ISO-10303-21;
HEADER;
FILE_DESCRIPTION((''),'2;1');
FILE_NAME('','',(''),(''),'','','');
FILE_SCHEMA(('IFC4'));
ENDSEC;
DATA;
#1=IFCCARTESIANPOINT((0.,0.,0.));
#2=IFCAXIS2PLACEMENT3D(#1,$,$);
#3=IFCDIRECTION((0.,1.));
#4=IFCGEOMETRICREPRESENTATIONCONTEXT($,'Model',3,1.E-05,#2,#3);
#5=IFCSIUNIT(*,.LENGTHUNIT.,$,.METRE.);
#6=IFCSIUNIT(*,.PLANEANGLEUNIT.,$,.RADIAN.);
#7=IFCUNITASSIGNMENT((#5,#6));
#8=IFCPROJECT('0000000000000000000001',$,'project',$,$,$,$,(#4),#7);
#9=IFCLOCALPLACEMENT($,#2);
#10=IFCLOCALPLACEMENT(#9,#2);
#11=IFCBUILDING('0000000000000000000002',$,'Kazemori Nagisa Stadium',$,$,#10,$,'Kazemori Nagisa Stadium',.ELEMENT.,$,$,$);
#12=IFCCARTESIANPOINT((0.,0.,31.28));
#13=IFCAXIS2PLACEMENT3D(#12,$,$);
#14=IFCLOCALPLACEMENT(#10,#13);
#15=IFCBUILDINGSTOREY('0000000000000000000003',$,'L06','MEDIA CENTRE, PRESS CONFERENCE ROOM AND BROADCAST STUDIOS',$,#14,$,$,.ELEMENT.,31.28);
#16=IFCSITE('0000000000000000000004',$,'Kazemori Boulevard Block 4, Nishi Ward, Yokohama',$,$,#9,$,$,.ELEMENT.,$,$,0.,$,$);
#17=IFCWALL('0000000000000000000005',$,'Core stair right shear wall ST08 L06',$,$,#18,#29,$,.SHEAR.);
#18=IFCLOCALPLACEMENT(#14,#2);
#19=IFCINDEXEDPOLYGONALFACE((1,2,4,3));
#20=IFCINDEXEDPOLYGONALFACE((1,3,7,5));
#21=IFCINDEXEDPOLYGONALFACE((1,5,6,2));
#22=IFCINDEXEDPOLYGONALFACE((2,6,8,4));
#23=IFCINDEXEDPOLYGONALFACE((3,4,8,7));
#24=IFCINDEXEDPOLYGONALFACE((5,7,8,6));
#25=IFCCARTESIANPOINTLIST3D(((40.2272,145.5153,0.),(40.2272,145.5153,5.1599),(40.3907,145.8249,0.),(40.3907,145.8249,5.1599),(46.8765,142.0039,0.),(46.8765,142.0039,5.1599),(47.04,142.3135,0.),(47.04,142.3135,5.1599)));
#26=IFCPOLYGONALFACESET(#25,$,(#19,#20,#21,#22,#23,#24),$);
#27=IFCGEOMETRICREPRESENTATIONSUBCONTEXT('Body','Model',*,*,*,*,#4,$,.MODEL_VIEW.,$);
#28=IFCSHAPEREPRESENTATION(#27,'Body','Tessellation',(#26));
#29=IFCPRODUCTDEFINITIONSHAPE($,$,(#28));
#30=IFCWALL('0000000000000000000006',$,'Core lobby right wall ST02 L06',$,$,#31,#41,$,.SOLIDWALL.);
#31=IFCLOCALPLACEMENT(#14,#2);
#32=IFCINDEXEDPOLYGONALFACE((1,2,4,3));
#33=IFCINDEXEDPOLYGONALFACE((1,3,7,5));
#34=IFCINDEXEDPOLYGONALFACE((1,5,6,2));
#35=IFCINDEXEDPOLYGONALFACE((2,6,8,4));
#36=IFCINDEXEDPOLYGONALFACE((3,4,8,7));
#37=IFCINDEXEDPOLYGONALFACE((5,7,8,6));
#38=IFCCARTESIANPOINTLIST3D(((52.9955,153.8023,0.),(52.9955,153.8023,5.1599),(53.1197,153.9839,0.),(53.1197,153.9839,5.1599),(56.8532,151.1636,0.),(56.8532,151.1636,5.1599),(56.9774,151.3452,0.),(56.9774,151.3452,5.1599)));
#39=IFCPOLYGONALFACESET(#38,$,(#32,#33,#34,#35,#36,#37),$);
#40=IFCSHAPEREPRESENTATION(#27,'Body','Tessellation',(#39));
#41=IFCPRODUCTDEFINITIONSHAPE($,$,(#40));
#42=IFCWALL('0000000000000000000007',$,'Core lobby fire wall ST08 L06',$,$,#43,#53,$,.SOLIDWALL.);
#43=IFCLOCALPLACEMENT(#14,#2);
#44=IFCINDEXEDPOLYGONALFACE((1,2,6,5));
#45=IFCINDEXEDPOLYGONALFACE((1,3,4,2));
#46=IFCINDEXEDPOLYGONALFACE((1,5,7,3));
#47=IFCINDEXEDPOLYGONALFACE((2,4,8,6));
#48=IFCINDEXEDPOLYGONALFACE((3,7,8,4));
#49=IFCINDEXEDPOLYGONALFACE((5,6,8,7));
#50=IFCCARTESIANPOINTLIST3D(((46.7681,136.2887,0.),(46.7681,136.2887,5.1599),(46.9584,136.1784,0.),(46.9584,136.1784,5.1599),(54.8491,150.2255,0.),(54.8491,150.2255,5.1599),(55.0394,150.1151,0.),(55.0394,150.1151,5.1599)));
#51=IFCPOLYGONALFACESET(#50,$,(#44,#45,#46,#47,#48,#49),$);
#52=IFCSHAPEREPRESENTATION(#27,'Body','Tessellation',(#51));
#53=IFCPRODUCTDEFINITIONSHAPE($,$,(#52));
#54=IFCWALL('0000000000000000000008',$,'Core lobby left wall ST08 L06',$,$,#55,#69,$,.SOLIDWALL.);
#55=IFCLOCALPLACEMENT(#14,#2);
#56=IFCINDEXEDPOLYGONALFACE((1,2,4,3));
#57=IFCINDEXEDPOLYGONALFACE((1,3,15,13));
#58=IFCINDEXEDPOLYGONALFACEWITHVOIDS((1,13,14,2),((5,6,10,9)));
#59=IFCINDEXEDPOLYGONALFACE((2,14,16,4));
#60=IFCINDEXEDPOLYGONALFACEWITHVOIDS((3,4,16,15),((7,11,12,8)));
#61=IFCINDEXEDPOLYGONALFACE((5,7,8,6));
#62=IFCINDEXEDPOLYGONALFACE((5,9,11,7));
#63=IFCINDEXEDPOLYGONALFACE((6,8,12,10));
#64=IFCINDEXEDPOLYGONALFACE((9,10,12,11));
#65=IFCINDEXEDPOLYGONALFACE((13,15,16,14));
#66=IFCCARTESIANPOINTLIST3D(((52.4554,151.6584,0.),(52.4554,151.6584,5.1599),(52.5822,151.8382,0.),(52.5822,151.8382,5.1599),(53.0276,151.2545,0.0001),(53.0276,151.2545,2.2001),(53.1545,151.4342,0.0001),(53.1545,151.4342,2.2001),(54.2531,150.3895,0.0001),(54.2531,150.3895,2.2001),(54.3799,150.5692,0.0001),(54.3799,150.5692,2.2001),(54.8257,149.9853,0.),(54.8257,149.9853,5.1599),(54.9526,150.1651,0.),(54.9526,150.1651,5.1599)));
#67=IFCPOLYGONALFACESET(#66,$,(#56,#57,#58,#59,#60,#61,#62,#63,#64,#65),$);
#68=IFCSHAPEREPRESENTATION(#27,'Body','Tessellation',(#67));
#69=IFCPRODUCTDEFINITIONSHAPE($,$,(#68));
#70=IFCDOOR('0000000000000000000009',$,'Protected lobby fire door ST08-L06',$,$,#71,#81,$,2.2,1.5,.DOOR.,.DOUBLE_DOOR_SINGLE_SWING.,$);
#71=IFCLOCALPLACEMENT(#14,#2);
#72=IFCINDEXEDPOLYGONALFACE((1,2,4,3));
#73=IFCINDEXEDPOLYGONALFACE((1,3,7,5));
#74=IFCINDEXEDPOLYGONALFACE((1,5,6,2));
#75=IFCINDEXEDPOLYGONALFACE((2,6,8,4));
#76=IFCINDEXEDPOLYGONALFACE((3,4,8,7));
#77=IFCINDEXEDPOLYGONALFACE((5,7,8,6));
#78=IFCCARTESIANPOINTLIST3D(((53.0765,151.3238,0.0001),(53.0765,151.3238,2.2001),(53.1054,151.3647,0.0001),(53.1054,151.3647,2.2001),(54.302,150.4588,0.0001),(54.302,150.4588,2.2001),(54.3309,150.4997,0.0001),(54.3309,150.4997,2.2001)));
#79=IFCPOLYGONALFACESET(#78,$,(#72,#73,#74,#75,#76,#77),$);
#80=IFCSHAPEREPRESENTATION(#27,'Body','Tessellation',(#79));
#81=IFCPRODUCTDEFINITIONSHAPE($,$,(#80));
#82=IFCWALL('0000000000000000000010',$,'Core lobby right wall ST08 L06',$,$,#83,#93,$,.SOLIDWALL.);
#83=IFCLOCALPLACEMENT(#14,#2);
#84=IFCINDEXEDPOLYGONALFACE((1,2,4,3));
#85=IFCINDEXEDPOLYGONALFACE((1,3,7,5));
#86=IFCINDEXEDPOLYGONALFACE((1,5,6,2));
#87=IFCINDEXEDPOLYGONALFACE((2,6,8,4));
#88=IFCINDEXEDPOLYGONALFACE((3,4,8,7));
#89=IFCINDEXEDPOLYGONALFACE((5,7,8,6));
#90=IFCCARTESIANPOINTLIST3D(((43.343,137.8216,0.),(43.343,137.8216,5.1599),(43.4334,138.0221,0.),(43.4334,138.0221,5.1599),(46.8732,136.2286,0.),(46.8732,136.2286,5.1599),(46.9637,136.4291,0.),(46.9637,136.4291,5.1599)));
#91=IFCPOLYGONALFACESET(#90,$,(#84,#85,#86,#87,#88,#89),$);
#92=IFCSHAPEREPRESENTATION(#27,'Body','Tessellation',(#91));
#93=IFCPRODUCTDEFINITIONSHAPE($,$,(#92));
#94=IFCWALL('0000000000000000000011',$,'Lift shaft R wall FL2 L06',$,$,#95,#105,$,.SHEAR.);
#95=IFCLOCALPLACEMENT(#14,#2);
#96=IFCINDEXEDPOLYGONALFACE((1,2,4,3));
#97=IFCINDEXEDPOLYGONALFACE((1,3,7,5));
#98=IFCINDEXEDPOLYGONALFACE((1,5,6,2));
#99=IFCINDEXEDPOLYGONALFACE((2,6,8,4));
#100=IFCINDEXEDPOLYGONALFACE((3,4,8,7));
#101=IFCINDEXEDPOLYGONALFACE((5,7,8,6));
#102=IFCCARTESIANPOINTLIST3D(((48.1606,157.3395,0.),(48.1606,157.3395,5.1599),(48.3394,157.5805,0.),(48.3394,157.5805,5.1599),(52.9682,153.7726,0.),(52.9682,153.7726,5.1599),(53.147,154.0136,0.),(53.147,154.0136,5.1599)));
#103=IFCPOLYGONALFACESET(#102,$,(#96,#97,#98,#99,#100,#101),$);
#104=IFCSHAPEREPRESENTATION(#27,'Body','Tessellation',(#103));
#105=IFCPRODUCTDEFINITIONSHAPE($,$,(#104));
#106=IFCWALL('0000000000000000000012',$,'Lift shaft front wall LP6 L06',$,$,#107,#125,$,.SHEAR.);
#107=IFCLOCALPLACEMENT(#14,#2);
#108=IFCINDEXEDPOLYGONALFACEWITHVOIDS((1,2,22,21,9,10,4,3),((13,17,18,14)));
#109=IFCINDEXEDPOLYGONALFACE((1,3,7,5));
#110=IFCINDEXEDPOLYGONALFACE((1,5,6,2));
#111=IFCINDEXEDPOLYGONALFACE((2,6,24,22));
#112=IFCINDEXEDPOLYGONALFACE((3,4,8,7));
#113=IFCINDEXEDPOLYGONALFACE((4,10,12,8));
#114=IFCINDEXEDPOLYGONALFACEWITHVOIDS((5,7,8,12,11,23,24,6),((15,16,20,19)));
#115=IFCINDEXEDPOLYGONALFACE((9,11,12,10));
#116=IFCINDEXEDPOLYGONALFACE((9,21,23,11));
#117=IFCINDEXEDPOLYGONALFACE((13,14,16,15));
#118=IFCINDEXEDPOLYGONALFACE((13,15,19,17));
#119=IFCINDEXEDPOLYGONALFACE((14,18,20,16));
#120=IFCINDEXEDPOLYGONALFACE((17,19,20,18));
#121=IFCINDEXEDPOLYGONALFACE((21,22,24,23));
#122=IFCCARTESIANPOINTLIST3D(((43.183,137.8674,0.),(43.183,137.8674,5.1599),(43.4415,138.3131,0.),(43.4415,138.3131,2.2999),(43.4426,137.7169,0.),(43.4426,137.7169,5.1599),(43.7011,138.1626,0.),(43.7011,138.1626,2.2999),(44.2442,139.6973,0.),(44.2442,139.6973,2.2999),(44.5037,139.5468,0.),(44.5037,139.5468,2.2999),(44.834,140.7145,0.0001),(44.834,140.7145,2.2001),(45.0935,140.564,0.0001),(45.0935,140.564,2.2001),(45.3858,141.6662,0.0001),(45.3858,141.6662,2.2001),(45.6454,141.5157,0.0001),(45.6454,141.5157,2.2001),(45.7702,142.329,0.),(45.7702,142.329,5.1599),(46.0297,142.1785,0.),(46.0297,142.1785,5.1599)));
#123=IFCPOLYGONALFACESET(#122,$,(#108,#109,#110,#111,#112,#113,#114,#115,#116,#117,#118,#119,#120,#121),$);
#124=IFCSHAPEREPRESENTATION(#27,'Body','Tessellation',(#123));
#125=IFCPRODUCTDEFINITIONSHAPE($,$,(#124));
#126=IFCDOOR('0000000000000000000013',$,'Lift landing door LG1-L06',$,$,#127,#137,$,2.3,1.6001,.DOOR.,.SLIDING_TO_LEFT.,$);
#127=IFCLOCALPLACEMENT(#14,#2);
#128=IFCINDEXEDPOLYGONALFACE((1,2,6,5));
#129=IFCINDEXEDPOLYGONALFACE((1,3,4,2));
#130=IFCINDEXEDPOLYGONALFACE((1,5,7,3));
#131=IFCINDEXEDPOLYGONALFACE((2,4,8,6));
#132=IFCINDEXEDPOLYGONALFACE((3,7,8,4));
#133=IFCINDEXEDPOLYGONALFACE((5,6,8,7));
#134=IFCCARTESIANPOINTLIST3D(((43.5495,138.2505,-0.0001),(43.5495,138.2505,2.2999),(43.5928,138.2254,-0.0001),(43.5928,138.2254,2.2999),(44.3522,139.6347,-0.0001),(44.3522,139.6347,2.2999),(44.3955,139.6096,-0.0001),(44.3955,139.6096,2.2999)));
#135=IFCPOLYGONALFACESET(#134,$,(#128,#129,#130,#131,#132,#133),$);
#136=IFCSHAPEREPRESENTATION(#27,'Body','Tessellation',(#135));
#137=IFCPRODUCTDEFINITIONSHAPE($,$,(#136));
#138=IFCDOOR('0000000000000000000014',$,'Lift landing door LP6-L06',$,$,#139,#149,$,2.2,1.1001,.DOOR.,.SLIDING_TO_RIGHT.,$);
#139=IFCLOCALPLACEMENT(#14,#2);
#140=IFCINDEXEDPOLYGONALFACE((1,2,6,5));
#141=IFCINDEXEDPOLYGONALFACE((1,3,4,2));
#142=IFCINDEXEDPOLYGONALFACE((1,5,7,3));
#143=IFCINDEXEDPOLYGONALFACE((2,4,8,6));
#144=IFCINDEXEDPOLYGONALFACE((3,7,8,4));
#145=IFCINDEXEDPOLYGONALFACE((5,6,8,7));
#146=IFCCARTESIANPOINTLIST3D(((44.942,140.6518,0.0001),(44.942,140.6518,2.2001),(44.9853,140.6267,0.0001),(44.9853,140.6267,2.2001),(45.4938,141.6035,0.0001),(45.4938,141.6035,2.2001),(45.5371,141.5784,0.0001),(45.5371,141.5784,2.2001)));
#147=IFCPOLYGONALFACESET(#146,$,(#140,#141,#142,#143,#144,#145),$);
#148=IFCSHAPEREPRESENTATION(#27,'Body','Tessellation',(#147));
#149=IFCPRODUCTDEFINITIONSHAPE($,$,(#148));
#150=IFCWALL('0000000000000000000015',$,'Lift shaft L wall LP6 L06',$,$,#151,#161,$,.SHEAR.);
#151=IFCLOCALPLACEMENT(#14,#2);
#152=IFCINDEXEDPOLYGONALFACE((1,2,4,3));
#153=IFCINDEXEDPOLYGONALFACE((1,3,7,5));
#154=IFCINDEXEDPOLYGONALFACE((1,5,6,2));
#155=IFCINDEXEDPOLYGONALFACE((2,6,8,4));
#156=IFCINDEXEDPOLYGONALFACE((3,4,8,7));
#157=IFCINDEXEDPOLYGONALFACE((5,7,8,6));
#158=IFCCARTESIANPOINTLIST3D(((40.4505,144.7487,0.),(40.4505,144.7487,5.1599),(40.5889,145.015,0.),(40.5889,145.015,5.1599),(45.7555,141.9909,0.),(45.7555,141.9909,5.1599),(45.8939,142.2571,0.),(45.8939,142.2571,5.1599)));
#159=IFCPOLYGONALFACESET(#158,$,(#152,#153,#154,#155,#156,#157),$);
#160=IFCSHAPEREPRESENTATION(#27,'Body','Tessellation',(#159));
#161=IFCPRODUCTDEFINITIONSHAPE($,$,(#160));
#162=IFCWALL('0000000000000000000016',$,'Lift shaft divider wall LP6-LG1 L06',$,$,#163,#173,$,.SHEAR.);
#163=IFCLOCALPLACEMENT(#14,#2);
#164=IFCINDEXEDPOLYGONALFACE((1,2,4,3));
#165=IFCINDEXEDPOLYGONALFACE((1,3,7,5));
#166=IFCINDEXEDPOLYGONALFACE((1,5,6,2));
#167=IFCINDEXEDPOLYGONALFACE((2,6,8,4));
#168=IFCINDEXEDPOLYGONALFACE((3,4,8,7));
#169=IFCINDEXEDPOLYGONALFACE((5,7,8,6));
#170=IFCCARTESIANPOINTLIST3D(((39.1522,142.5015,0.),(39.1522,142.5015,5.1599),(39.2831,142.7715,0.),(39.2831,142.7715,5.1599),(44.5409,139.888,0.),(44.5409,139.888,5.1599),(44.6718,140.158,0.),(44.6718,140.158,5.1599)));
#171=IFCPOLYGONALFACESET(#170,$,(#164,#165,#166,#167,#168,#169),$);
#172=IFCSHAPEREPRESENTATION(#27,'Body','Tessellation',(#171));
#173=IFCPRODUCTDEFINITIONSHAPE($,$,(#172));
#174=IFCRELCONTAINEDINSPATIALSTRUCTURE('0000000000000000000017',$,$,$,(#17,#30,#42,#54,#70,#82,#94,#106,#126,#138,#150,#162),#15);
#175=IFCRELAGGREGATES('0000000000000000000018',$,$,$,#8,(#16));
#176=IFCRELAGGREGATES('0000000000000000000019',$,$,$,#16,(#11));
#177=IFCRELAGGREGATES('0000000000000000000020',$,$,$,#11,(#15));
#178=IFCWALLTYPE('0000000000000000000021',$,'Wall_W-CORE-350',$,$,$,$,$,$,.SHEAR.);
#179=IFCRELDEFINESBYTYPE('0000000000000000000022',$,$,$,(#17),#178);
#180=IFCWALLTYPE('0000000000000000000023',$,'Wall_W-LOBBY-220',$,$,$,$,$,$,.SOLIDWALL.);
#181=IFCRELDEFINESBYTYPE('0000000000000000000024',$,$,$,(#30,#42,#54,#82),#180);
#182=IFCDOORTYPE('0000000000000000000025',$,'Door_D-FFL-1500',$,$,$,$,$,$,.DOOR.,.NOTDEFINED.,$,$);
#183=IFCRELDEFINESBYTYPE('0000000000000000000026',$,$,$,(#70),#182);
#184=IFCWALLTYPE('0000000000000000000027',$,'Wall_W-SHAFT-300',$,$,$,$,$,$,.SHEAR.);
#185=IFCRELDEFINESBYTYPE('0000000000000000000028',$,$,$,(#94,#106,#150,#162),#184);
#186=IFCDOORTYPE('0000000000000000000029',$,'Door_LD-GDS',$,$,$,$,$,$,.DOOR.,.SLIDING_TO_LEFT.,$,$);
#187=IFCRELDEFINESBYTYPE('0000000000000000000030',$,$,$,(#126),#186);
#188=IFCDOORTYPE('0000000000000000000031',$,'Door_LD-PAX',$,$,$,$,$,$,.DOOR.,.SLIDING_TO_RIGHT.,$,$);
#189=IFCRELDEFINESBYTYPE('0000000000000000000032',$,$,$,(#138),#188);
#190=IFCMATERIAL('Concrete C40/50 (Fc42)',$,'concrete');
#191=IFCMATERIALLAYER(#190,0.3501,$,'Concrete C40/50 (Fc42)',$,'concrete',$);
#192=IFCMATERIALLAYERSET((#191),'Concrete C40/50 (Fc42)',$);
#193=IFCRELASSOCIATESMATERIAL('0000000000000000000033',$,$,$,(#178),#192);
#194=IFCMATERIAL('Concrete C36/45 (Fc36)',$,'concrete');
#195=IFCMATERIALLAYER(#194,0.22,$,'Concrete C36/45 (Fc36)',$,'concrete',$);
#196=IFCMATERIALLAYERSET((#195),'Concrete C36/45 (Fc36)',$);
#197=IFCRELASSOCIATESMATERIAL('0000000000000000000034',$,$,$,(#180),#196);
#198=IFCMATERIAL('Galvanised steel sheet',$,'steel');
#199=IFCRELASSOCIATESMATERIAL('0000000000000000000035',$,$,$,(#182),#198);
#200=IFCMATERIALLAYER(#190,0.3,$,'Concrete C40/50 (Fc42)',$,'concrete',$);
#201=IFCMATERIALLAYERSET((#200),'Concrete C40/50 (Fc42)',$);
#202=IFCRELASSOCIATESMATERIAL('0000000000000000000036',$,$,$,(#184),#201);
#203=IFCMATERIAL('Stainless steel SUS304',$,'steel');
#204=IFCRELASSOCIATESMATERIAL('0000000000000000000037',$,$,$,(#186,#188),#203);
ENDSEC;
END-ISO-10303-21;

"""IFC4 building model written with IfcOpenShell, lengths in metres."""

from ifc_helpers import new_model, si_unit, direction, frame, frame_2d, origin, place, context, subcontext, project, spatial, rectangle, extrude, material, layer, layer_set, type_object, element, fill, save


model = new_model("IFC4")

# Units and contexts
model_context = context("Model", 3, precision=1e-05, world=origin(), true_north=direction((0.0, 1.0)))
body_context = subcontext(model_context, "Body", "Model", "MODEL_VIEW")
ifc_project = project(units=[si_unit("LENGTHUNIT", "METRE"), si_unit("PLANEANGLEUNIT", "RADIAN")], contexts=[model_context])

# Site, building, storey
site_placement = place(None, origin())
site = spatial("IfcSite", under=ifc_project, at=site_placement, Name="Kazemori Boulevard Block 4, Nishi Ward, Yokohama", CompositionType="ELEMENT", RefElevation=0.0)
building_placement = place(site_placement, origin())
building = spatial("IfcBuilding", under=site, at=building_placement, Name="Kazemori Nagisa Stadium", LongName="Kazemori Nagisa Stadium", CompositionType="ELEMENT")
storey_placement = place(building_placement, frame((0.0, 0.0, 31.28)))
storey = spatial("IfcBuildingStorey", under=building, at=storey_placement, Name="L06", Description="MEDIA CENTRE, PRESS CONFERENCE ROOM AND BROADCAST STUDIOS", CompositionType="ELEMENT", Elevation=31.28)

# Shared definitions
ifc_material_1 = material(Name="Concrete C40/50 (Fc42)", Category="concrete")
ifc_layer_1 = layer(ifc_material_1, 0.3501, Name="Concrete C40/50 (Fc42)", Category="concrete")
ifc_layer_set_1 = layer_set([ifc_layer_1], Name="Concrete C40/50 (Fc42)")
wall_type_1 = type_object("IfcWallType", Name="Wall_W-CORE-350", PredefinedType="SHEAR", material=ifc_layer_set_1)

# Shared definitions
ifc_material_2 = material(Name="Galvanised steel sheet", Category="steel")

# Walls
wall_1_placement = place(storey_placement, frame((46.9583, 142.1587, 0.0), z_axis=(0.0, 0.0, 1.0), x_axis=(-0.884272, 0.466973, 0.0)))
element("IfcWall", 1, at=wall_1_placement, inside=storey, type_object=wall_type_1, Name="Core stair right shear wall ST08 L06", PredefinedType="SHEAR", context=body_context, shape_type="SweptSolid", body=[
    extrude(rectangle(XDim=7.5195, YDim=0.3501, at=frame_2d((3.7598, 0.0))), origin(), (0.0, 0.0, 1.0), 5.1599),
])
ifc_material_3 = material(Name="Concrete C36/45 (Fc36)", Category="concrete")
ifc_layer_2 = layer(ifc_material_3, 0.22, Name="Concrete C36/45 (Fc36)", Category="concrete")
ifc_layer_set_2 = layer_set([ifc_layer_2], Name="Concrete C36/45 (Fc36)")
wall_type_2 = type_object("IfcWallType", Name="Wall_W-LOBBY-220", PredefinedType="SOLIDWALL", material=ifc_layer_set_2)
wall_2_placement = place(storey_placement, frame((56.9153, 151.2544, 0.0), z_axis=(0.0, 0.0, 1.0), x_axis=(-0.825385, 0.56457, 0.0)))
element("IfcWall", 2, at=wall_2_placement, inside=storey, type_object=wall_type_2, Name="Core lobby right wall ST02 L06", PredefinedType="SOLIDWALL", context=body_context, shape_type="SweptSolid", body=[
    extrude(rectangle(XDim=4.6738, YDim=0.22, at=frame_2d((2.3369, 0.0))), origin(), (0.0, 0.0, 1.0), 5.1599),
])
wall_3_placement = place(storey_placement, frame((54.9443, 150.1704, 0.0), z_axis=(0.0, 0.0, 1.0), x_axis=(-0.501613, -0.865092, 0.0)))
element("IfcWall", 3, at=wall_3_placement, inside=storey, type_object=wall_type_2, Name="Core lobby fire wall ST08 L06", PredefinedType="SOLIDWALL", context=body_context, shape_type="SweptSolid", body=[
    extrude(rectangle(XDim=16.1101, YDim=0.22, at=frame_2d((8.0552, 0.0))), origin(), (0.0, 0.0, 1.0), 5.1599),
])

# Wall, opening, door
wall_4_placement = place(storey_placement, frame((54.8892, 150.0752, 0.0), z_axis=(0.0, 0.0, 1.0), x_axis=(-0.816984, 0.57666, 0.0)))
wall_4 = element("IfcWall", 4, at=wall_4_placement, inside=storey, type_object=wall_type_2, Name="Core lobby left wall ST08 L06", PredefinedType="SOLIDWALL", context=body_context, shape_type="SweptSolid", body=[
    extrude(rectangle(XDim=2.9014, YDim=0.22, at=frame_2d((1.4507, 0.0))), origin(), (0.0, 0.0, 1.0), 5.1599),
])
opening_1_placement = place(wall_4_placement, frame((0.7009, 0.0, 0.0)))
opening_1 = element("IfcOpeningElement", 5, at=opening_1_placement, cuts=wall_4, PredefinedType="OPENING", context=body_context, shape_type="SweptSolid", body=[
    extrude(rectangle(XDim=1.5, YDim=2.2, at=frame_2d((0.75, 1.1001))), frame((0.0, 0.1199, 0.0), z_axis=(0.0, -1.0, 0.0), x_axis=(1.0, 0.0, 0.0)), (0.0, 0.0, 1.0), 0.24),
])
door_type_1 = type_object("IfcDoorType", Name="Door_D-FFL-1500", OperationType="NOTDEFINED", PredefinedType="DOOR", material=ifc_material_2)
door_1_placement = place(opening_1_placement, frame((1.5, 0.0, 0.0), z_axis=(0.0, 0.0, 1.0), x_axis=(-1.0, 0.0, 0.0)))
door_1 = element("IfcDoor", 6, at=door_1_placement, inside=storey, type_object=door_type_1, Name="Protected lobby fire door ST08-L06", OperationType="DOUBLE_DOOR_SINGLE_SWING", OverallHeight=2.2, OverallWidth=1.5, PredefinedType="DOOR", context=body_context, shape_type="SweptSolid", body=[
    extrude(rectangle(XDim=1.5, YDim=2.2, at=frame_2d((0.75, 1.1001))), frame((0.0, 0.0249, 0.0), z_axis=(0.0, -1.0, 0.0), x_axis=(1.0, 0.0, 0.0)), (0.0, 0.0, 1.0), 0.05),
])
fill(opening_1, door_1)

# Walls
wall_5_placement = place(storey_placement, frame((46.9185, 136.3289, 0.0), z_axis=(0.0, 0.0, 1.0), x_axis=(-0.911496, 0.411308, 0.0)))
element("IfcWall", 7, at=wall_5_placement, inside=storey, type_object=wall_type_2, Name="Core lobby right wall ST08 L06", PredefinedType="SOLIDWALL", context=body_context, shape_type="SweptSolid", body=[
    extrude(rectangle(XDim=3.873, YDim=0.22, at=frame_2d((1.9365, 0.0))), origin(), (0.0, 0.0, 1.0), 5.1599),
])
ifc_layer_3 = layer(ifc_material_1, 0.3, Name="Concrete C40/50 (Fc42)", Category="concrete")
ifc_layer_set_3 = layer_set([ifc_layer_3], Name="Concrete C40/50 (Fc42)")
wall_type_3 = type_object("IfcWallType", Name="Wall_W-SHAFT-300", PredefinedType="SHEAR", material=ifc_layer_set_3)
wall_6_placement = place(storey_placement, frame((53.0576, 153.8931, 0.0), z_axis=(0.0, 0.0, 1.0), x_axis=(-0.803102, 0.595842, 0.0)))
element("IfcWall", 8, at=wall_6_placement, inside=storey, type_object=wall_type_3, Name="Lift shaft R wall FL2 L06", PredefinedType="SHEAR", context=body_context, shape_type="SweptSolid", body=[
    extrude(rectangle(XDim=5.9863, YDim=0.3, at=frame_2d((2.9932, 0.0))), origin(), (0.0, 0.0, 1.0), 5.1599),
])

# Wall, openings, doors
wall_7_placement = place(storey_placement, frame((45.8999, 142.2537, 0.0), z_axis=(0.0, 0.0, 1.0), x_axis=(-0.50163, -0.865083, 0.0)))
wall_7 = element("IfcWall", 9, at=wall_7_placement, inside=storey, type_object=wall_type_3, Name="Lift shaft front wall LP6 L06", PredefinedType="SHEAR", context=body_context, shape_type="SweptSolid", body=[
    extrude(rectangle(XDim=5.1575, YDim=0.3, at=frame_2d((2.5786, 0.0))), origin(), (0.0, 0.0, 1.0), 5.1599),
])
opening_2_placement = place(wall_7_placement, frame((0.7661, 0.0, 0.0)))
opening_2 = element("IfcOpeningElement", 10, at=opening_2_placement, cuts=wall_7, PredefinedType="OPENING", context=body_context, shape_type="SweptSolid", body=[
    extrude(rectangle(XDim=1.1001, YDim=2.2, at=frame_2d((0.55, 1.1001))), frame((0.0, 0.1599, 0.0), z_axis=(0.0, -1.0, 0.0), x_axis=(1.0, 0.0, 0.0)), (0.0, 0.0, 1.0), 0.3201),
])
opening_3_placement = place(wall_7_placement, frame((3.042, 0.0, 0.0)))
opening_3 = element("IfcOpeningElement", 11, at=opening_3_placement, cuts=wall_7, PredefinedType="OPENING", context=body_context, shape_type="SweptSolid", body=[
    extrude(rectangle(XDim=1.6001, YDim=2.3, at=frame_2d((0.8, 1.1499))), frame((0.0, 0.1599, 0.0), z_axis=(0.0, -1.0, 0.0), x_axis=(1.0, 0.0, 0.0)), (0.0, 0.0, 1.0), 0.3201),
])
ifc_material_4 = material(Name="Stainless steel SUS304", Category="steel")
door_type_2 = type_object("IfcDoorType", Name="Door_LD-GDS", OperationType="SLIDING_TO_LEFT", PredefinedType="DOOR", material=ifc_material_4)
door_2_placement = place(opening_3_placement, origin())
door_2 = element("IfcDoor", 12, at=door_2_placement, inside=storey, type_object=door_type_2, Name="Lift landing door LG1-L06", OperationType="SLIDING_TO_LEFT", OverallHeight=2.3, OverallWidth=1.6001, PredefinedType="DOOR", context=body_context, shape_type="SweptSolid", body=[
    extrude(rectangle(XDim=1.6001, YDim=2.3, at=frame_2d((0.8, 1.1499))), frame((0.0, 0.0249, 0.0), z_axis=(0.0, -1.0, 0.0), x_axis=(1.0, 0.0, 0.0)), (0.0, 0.0, 1.0), 0.05),
])
fill(opening_3, door_2)
door_type_3 = type_object("IfcDoorType", Name="Door_LD-PAX", OperationType="SLIDING_TO_RIGHT", PredefinedType="DOOR", material=ifc_material_4)
door_3_placement = place(opening_2_placement, origin())
door_3 = element("IfcDoor", 13, at=door_3_placement, inside=storey, type_object=door_type_3, Name="Lift landing door LP6-L06", OperationType="SLIDING_TO_RIGHT", OverallHeight=2.2, OverallWidth=1.1001, PredefinedType="DOOR", context=body_context, shape_type="SweptSolid", body=[
    extrude(rectangle(XDim=1.1001, YDim=2.2, at=frame_2d((0.55, 1.1001))), frame((0.0, 0.0249, 0.0), z_axis=(0.0, -1.0, 0.0), x_axis=(1.0, 0.0, 0.0)), (0.0, 0.0, 1.0), 0.05),
])
fill(opening_2, door_3)

# Walls
wall_8_placement = place(storey_placement, frame((45.8247, 142.124, 0.0), z_axis=(0.0, 0.0, 1.0), x_axis=(-0.887268, 0.461254, 0.0)))
element("IfcWall", 14, at=wall_8_placement, inside=storey, type_object=wall_type_3, Name="Lift shaft L wall LP6 L06", PredefinedType="SHEAR", context=body_context, shape_type="SweptSolid", body=[
    extrude(rectangle(XDim=5.979, YDim=0.3, at=frame_2d((2.9895, 0.0))), origin(), (0.0, 0.0, 1.0), 5.1599),
])
wall_9_placement = place(storey_placement, frame((44.6064, 140.0229, 0.0), z_axis=(0.0, 0.0, 1.0), x_axis=(-0.899759, 0.436387, 0.0)))
element("IfcWall", 15, at=wall_9_placement, inside=storey, type_object=wall_type_3, Name="Lift shaft divider wall LP6-LG1 L06", PredefinedType="SHEAR", context=body_context, shape_type="SweptSolid", body=[
    extrude(rectangle(XDim=5.989, YDim=0.3, at=frame_2d((2.9946, 0.0))), origin(), (0.0, 0.0, 1.0), 5.1599),
])

save(model, "model.ifc")
